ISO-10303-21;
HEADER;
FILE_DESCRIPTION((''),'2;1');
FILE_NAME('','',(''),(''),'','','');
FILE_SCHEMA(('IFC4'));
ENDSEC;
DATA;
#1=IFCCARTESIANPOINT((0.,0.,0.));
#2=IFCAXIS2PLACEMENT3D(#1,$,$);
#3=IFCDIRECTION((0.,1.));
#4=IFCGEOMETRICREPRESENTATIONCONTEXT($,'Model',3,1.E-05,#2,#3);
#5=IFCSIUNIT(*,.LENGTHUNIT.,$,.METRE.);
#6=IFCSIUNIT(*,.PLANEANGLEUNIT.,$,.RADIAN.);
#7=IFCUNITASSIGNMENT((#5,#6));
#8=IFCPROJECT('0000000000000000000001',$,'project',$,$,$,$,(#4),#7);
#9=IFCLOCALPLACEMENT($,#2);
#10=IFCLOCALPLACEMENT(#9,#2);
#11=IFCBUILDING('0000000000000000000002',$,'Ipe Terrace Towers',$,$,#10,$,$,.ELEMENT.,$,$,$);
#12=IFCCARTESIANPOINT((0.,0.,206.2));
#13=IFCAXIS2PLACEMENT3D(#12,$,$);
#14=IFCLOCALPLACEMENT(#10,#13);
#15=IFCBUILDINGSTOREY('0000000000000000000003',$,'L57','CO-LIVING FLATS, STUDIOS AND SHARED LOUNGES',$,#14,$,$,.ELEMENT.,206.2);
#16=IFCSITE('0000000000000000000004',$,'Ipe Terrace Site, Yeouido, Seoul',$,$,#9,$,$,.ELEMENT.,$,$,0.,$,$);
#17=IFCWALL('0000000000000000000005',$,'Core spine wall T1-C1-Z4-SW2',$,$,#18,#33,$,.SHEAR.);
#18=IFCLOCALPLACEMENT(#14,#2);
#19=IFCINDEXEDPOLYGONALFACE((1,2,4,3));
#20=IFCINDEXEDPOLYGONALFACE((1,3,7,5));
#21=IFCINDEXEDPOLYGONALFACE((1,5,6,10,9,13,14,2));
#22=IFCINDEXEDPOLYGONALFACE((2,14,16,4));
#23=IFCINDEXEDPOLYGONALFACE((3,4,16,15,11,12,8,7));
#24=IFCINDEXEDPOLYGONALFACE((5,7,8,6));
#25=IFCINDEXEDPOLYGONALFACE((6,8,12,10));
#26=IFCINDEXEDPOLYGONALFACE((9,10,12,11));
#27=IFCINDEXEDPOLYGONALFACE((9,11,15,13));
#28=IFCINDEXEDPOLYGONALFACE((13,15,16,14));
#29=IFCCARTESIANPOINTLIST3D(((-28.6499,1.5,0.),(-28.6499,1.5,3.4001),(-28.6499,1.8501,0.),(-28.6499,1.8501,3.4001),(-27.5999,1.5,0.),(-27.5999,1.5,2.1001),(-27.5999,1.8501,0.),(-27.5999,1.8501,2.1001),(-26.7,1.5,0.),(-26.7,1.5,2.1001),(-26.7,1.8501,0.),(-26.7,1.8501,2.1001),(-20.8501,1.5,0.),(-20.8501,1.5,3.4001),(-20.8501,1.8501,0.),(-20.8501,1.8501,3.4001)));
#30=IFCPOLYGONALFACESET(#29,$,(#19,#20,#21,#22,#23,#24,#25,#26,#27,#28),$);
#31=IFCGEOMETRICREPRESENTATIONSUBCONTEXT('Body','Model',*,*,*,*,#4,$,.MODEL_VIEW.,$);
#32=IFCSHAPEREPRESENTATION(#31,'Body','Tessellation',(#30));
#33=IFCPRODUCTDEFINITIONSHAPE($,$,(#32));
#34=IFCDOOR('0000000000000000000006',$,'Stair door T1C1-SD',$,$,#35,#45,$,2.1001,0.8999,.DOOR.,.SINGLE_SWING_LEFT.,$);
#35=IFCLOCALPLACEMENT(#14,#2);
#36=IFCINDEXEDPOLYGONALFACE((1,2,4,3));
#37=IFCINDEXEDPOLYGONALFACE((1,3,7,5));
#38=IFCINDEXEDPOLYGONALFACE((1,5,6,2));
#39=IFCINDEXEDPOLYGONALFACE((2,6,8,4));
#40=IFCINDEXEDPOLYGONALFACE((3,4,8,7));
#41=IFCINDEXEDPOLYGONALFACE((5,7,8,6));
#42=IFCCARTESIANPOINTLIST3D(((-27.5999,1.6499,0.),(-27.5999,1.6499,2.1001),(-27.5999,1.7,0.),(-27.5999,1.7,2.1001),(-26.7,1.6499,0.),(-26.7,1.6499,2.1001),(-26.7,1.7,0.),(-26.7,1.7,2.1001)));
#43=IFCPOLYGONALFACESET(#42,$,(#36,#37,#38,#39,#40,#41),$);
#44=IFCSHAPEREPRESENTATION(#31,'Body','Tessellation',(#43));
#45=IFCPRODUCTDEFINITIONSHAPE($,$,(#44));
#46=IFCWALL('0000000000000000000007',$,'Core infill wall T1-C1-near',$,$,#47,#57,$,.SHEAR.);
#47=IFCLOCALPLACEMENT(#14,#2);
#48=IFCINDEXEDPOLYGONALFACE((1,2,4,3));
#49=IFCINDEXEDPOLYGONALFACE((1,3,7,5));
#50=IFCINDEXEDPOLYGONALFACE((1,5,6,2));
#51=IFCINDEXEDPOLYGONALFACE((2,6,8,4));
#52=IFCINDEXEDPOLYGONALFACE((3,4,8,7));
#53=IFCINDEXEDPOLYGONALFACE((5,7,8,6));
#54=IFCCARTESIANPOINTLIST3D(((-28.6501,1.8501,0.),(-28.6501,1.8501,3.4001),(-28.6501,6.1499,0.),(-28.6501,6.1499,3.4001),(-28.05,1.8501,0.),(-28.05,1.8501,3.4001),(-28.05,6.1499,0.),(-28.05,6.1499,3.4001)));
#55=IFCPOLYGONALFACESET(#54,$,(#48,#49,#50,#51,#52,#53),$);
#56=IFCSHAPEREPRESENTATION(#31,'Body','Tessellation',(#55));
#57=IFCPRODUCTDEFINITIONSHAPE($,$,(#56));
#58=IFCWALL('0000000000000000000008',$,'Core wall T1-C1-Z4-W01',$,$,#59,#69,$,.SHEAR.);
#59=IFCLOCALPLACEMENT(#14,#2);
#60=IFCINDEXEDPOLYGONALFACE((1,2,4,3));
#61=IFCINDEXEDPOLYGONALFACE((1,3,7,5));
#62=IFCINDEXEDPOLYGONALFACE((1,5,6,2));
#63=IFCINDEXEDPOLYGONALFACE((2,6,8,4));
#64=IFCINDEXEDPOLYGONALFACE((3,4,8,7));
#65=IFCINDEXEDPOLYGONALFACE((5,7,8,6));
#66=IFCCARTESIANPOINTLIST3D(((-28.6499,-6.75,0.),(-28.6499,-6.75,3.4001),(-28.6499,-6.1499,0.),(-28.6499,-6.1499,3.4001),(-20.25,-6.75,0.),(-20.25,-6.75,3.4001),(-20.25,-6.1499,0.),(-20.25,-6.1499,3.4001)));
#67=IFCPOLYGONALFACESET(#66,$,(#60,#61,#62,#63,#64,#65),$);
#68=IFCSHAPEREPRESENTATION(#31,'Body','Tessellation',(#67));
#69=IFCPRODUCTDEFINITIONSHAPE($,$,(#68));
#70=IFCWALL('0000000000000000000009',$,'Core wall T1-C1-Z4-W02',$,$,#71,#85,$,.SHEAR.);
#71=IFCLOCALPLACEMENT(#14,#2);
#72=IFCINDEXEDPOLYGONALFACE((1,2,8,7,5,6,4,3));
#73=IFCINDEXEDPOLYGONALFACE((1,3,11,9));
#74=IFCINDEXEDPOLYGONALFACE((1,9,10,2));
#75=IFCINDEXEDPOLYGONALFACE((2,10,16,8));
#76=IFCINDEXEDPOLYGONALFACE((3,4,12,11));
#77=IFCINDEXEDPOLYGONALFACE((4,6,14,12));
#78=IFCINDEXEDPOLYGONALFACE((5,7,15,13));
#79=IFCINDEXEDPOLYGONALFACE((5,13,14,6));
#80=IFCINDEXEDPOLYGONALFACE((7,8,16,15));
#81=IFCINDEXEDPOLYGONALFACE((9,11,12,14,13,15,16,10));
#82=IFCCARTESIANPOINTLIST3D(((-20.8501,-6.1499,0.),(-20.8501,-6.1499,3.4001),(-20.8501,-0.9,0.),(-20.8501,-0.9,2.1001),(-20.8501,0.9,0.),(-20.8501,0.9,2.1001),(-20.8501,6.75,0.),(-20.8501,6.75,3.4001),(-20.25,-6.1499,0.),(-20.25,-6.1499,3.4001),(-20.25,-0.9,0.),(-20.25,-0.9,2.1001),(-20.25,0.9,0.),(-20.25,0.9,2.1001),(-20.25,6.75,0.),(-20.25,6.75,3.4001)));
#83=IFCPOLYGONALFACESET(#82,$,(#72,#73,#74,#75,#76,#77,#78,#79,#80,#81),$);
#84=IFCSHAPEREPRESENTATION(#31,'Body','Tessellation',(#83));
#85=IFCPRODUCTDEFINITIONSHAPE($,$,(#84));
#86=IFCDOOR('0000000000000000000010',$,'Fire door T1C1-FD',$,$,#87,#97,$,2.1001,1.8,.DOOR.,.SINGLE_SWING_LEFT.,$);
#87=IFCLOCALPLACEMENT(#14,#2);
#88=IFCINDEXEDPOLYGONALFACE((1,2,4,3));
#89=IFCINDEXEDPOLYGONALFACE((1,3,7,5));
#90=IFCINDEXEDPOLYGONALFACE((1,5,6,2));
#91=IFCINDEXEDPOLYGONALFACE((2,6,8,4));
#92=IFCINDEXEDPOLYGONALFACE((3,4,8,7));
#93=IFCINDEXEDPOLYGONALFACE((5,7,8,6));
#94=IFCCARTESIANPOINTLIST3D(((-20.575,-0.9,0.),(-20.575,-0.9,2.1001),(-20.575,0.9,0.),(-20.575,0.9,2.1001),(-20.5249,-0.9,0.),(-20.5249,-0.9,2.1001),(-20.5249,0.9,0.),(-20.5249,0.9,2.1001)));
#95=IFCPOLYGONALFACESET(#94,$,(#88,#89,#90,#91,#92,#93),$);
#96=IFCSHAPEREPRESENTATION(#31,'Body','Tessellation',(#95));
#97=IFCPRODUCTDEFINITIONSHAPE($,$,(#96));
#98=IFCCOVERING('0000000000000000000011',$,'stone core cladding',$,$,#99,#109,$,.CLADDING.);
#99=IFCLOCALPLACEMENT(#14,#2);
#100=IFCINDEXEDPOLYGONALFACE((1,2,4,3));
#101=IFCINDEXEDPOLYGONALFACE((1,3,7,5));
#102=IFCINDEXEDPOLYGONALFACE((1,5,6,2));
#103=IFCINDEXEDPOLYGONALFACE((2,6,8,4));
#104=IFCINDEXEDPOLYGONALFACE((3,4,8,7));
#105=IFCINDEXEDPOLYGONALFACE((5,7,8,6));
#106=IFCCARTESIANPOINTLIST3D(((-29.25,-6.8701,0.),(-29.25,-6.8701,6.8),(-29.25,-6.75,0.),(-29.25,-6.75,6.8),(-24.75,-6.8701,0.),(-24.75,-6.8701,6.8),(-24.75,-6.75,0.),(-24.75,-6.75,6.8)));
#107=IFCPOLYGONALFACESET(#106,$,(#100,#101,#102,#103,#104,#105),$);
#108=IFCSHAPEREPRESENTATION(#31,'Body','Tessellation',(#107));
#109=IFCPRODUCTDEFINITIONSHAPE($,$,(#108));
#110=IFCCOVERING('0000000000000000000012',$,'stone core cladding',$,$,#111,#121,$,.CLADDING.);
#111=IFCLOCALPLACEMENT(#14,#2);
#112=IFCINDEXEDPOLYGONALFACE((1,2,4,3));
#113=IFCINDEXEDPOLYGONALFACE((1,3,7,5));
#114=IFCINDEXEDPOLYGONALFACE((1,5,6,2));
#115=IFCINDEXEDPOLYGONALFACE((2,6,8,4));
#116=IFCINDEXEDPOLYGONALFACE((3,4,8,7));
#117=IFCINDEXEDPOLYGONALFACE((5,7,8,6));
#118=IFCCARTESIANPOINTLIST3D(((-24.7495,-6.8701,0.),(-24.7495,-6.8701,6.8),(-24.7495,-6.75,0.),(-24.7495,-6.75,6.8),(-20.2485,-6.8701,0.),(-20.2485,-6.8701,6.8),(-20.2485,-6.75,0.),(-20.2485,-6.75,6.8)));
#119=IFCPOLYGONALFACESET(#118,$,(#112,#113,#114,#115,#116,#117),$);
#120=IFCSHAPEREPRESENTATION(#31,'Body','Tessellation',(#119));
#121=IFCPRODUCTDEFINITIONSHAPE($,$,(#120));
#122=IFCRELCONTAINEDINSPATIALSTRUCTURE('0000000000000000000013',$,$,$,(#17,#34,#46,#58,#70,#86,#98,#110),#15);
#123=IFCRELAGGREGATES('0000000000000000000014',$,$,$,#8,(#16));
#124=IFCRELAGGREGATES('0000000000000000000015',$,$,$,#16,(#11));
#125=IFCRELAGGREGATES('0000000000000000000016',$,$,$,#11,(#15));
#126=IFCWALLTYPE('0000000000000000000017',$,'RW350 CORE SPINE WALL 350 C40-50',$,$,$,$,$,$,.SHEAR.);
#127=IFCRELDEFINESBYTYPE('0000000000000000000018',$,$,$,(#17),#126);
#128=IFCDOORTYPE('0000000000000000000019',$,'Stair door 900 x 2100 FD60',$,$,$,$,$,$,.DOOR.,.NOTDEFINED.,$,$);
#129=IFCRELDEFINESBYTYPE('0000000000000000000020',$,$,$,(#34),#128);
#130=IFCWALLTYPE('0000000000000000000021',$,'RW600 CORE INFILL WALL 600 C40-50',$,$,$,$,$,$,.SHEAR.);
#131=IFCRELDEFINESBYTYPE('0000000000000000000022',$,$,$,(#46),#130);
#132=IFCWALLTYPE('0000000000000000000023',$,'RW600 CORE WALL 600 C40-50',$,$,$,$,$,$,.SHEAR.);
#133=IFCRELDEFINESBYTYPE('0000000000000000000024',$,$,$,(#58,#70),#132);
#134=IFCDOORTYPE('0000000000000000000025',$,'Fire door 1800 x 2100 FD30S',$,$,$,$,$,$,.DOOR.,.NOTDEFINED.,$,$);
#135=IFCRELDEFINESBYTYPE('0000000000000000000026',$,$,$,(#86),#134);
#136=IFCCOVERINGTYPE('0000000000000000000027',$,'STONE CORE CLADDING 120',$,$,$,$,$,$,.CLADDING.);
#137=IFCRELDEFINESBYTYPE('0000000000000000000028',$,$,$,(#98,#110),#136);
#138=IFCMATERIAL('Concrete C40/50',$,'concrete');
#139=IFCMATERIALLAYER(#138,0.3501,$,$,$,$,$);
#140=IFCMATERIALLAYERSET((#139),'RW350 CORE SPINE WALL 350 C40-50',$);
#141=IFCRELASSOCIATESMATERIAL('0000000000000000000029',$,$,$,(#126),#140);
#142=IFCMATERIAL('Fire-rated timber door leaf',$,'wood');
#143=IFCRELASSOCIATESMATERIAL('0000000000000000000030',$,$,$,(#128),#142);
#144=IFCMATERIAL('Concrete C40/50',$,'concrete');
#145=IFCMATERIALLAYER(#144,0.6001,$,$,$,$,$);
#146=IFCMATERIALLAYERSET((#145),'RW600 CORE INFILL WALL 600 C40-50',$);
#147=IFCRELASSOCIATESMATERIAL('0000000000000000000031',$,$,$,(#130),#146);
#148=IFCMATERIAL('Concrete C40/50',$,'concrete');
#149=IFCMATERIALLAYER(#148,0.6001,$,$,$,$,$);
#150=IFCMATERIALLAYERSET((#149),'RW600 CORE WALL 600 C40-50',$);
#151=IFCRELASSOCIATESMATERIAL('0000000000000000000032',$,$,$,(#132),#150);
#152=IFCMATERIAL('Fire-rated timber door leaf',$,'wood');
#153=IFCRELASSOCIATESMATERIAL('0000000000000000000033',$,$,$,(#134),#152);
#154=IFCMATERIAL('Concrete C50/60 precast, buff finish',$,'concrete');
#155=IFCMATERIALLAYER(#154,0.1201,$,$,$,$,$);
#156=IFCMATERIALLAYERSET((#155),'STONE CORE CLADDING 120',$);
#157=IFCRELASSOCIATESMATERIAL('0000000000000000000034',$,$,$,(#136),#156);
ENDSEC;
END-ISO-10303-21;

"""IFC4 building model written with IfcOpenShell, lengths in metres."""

from ifc_helpers import new_model, si_unit, direction, frame, frame_2d, origin, origin_2d, place, context, subcontext, project, spatial, rectangle, extrude, material, layer, layer_set, type_object, element, fill, save


model = new_model("IFC4")

# Units and contexts
model_context = context("Model", 3, precision=1e-05, world=origin(), true_north=direction((0.0, 1.0)))
body_context = subcontext(model_context, "Body", "Model", "MODEL_VIEW")
ifc_project = project(units=[si_unit("LENGTHUNIT", "METRE"), si_unit("PLANEANGLEUNIT", "RADIAN")], contexts=[model_context])

# Site, building, storey
site_placement = place(None, origin())
site = spatial("IfcSite", under=ifc_project, at=site_placement, Name="Ipe Terrace Site, Yeouido, Seoul", CompositionType="ELEMENT", RefElevation=0.0)
building_placement = place(site_placement, origin())
building = spatial("IfcBuilding", under=site, at=building_placement, Name="Ipe Terrace Towers", CompositionType="ELEMENT")
storey_placement = place(building_placement, frame((0.0, 0.0, 206.2)))
storey = spatial("IfcBuildingStorey", under=building, at=storey_placement, Name="L57", Description="CO-LIVING FLATS, STUDIOS AND SHARED LOUNGES", CompositionType="ELEMENT", Elevation=206.2)

# Shared definitions
ifc_material_1 = material(Name="Concrete C40/50", Category="concrete")
ifc_layer_1 = layer(ifc_material_1, 0.3501)
ifc_layer_set_1 = layer_set([ifc_layer_1], Name="RW350 CORE SPINE WALL 350 C40-50")
wall_type_1 = type_object("IfcWallType", Name="RW350 CORE SPINE WALL 350 C40-50", PredefinedType="SHEAR", material=ifc_layer_set_1)

# Wall, opening, door
wall_1_placement = place(storey_placement, frame((-28.6499, 1.675, 0.0), z_axis=(0.0, 0.0, 1.0), x_axis=(1.0, 0.0, 0.0)))
wall_1 = element("IfcWall", 1, at=wall_1_placement, inside=storey, type_object=wall_type_1, Name="Core spine wall T1-C1-Z4-SW2", PredefinedType="SHEAR", context=body_context, shape_type="SweptSolid", body=[
    extrude(rectangle(XDim=7.7998, YDim=0.3501, at=frame_2d((3.8999, 0.0))), origin(), (0.0, 0.0, 1.0), 3.4001),
])
opening_1_placement = place(wall_1_placement, frame((1.05, 0.0, 0.0)))
opening_1 = element("IfcOpeningElement", 2, at=opening_1_placement, cuts=wall_1, PredefinedType="OPENING", context=body_context, shape_type="SweptSolid", body=[
    extrude(rectangle(XDim=0.8999, YDim=2.1001, at=frame_2d((0.45, 1.05))), frame((0.0, 0.1851, 0.0), z_axis=(0.0, -1.0, 0.0), x_axis=(1.0, 0.0, 0.0)), (0.0, 0.0, 1.0), 0.3701),
])
ifc_material_2 = material(Name="Fire-rated timber door leaf", Category="wood")
door_type_1 = type_object("IfcDoorType", Name="Stair door 900 x 2100 FD60", OperationType="NOTDEFINED", PredefinedType="DOOR", material=ifc_material_2)
door_1_placement = place(opening_1_placement, origin())
door_1 = element("IfcDoor", 3, at=door_1_placement, inside=storey, type_object=door_type_1, Name="Stair door T1C1-SD", OperationType="SINGLE_SWING_LEFT", OverallHeight=2.1001, OverallWidth=0.8999, PredefinedType="DOOR", context=body_context, shape_type="SweptSolid", body=[
    extrude(rectangle(XDim=0.8999, YDim=2.1001, at=frame_2d((0.45, 1.05))), frame((0.0, 0.0249, 0.0), z_axis=(0.0, -1.0, 0.0), x_axis=(1.0, 0.0, 0.0)), (0.0, 0.0, 1.0), 0.05),
])
fill(opening_1, door_1)

# Walls
ifc_material_3 = material(Name="Concrete C40/50", Category="concrete")
ifc_layer_2 = layer(ifc_material_3, 0.6001)
ifc_layer_set_2 = layer_set([ifc_layer_2], Name="RW600 CORE INFILL WALL 600 C40-50")
wall_type_2 = type_object("IfcWallType", Name="RW600 CORE INFILL WALL 600 C40-50", PredefinedType="SHEAR", material=ifc_layer_set_2)
wall_2_placement = place(storey_placement, frame((-28.3501, 1.8501, 0.0), z_axis=(0.0, 0.0, 1.0), x_axis=(0.0, 1.0, 0.0)))
element("IfcWall", 4, at=wall_2_placement, inside=storey, type_object=wall_type_2, Name="Core infill wall T1-C1-near", PredefinedType="SHEAR", context=body_context, shape_type="SweptSolid", body=[
    extrude(rectangle(XDim=4.2998, YDim=0.6001, at=frame_2d((2.1499, 0.0))), origin(), (0.0, 0.0, 1.0), 3.4001),
])
ifc_material_4 = material(Name="Concrete C40/50", Category="concrete")
ifc_layer_3 = layer(ifc_material_4, 0.6001)
ifc_layer_set_3 = layer_set([ifc_layer_3], Name="RW600 CORE WALL 600 C40-50")
wall_type_3 = type_object("IfcWallType", Name="RW600 CORE WALL 600 C40-50", PredefinedType="SHEAR", material=ifc_layer_set_3)
wall_3_placement = place(storey_placement, frame((-28.6499, -6.45, 0.0), z_axis=(0.0, 0.0, 1.0), x_axis=(1.0, 0.0, 0.0)))
element("IfcWall", 5, at=wall_3_placement, inside=storey, type_object=wall_type_3, Name="Core wall T1-C1-Z4-W01", PredefinedType="SHEAR", context=body_context, shape_type="SweptSolid", body=[
    extrude(rectangle(XDim=8.3999, YDim=0.6001, at=frame_2d((4.2, 0.0))), origin(), (0.0, 0.0, 1.0), 3.4001),
])

# Wall, opening, door
wall_4_placement = place(storey_placement, frame((-20.55, -6.1499, 0.0), z_axis=(0.0, 0.0, 1.0), x_axis=(0.0, 1.0, 0.0)))
wall_4 = element("IfcWall", 6, at=wall_4_placement, inside=storey, type_object=wall_type_3, Name="Core wall T1-C1-Z4-W02", PredefinedType="SHEAR", context=body_context, shape_type="SweptSolid", body=[
    extrude(rectangle(XDim=12.8999, YDim=0.6001, at=frame_2d((6.45, 0.0))), origin(), (0.0, 0.0, 1.0), 3.4001),
])
opening_2_placement = place(wall_4_placement, frame((5.25, 0.0, 0.0)))
opening_2 = element("IfcOpeningElement", 7, at=opening_2_placement, cuts=wall_4, PredefinedType="OPENING", context=body_context, shape_type="SweptSolid", body=[
    extrude(rectangle(XDim=1.8, YDim=2.1001, at=frame_2d((0.8999, 1.05))), frame((0.0, 0.3101, 0.0), z_axis=(0.0, -1.0, 0.0), x_axis=(1.0, 0.0, 0.0)), (0.0, 0.0, 1.0), 0.6201),
])
ifc_material_5 = material(Name="Fire-rated timber door leaf", Category="wood")
door_type_2 = type_object("IfcDoorType", Name="Fire door 1800 x 2100 FD30S", OperationType="NOTDEFINED", PredefinedType="DOOR", material=ifc_material_5)
door_2_placement = place(opening_2_placement, origin())
door_2 = element("IfcDoor", 8, at=door_2_placement, inside=storey, type_object=door_type_2, Name="Fire door T1C1-FD", OperationType="SINGLE_SWING_LEFT", OverallHeight=2.1001, OverallWidth=1.8, PredefinedType="DOOR", context=body_context, shape_type="SweptSolid", body=[
    extrude(rectangle(XDim=1.8, YDim=2.1001, at=frame_2d((0.8999, 1.05))), frame((0.0, 0.0249, 0.0), z_axis=(0.0, -1.0, 0.0), x_axis=(1.0, 0.0, 0.0)), (0.0, 0.0, 1.0), 0.05),
])
fill(opening_2, door_2)

# Coverings
ifc_material_6 = material(Name="Concrete C50/60 precast, buff finish", Category="concrete")
ifc_layer_4 = layer(ifc_material_6, 0.1201)
ifc_layer_set_4 = layer_set([ifc_layer_4], Name="STONE CORE CLADDING 120")
covering_type = type_object("IfcCoveringType", Name="STONE CORE CLADDING 120", PredefinedType="CLADDING", material=ifc_layer_set_4)
covering_1_placement = place(storey_placement, frame((-27.0, -6.8101, 0.0), z_axis=(0.0, 0.0, 1.0), x_axis=(1.0, 0.0, 0.0)))
element("IfcCovering", 9, at=covering_1_placement, inside=storey, type_object=covering_type, Name="stone core cladding", PredefinedType="CLADDING", context=body_context, shape_type="SweptSolid", body=[
    extrude(rectangle(XDim=4.5, YDim=0.1201, at=origin_2d()), origin(), (0.0, 0.0, 1.0), 6.8),
])
covering_2_placement = place(storey_placement, frame((-22.499, -6.8101, 0.0), z_axis=(0.0, 0.0, 1.0), x_axis=(1.0, 0.0, 0.0)))
element("IfcCovering", 10, at=covering_2_placement, inside=storey, type_object=covering_type, Name="stone core cladding", PredefinedType="CLADDING", context=body_context, shape_type="SweptSolid", body=[
    extrude(rectangle(XDim=4.501, YDim=0.1201, at=origin_2d()), origin(), (0.0, 0.0, 1.0), 6.8),
])

save(model, "model.ifc")
